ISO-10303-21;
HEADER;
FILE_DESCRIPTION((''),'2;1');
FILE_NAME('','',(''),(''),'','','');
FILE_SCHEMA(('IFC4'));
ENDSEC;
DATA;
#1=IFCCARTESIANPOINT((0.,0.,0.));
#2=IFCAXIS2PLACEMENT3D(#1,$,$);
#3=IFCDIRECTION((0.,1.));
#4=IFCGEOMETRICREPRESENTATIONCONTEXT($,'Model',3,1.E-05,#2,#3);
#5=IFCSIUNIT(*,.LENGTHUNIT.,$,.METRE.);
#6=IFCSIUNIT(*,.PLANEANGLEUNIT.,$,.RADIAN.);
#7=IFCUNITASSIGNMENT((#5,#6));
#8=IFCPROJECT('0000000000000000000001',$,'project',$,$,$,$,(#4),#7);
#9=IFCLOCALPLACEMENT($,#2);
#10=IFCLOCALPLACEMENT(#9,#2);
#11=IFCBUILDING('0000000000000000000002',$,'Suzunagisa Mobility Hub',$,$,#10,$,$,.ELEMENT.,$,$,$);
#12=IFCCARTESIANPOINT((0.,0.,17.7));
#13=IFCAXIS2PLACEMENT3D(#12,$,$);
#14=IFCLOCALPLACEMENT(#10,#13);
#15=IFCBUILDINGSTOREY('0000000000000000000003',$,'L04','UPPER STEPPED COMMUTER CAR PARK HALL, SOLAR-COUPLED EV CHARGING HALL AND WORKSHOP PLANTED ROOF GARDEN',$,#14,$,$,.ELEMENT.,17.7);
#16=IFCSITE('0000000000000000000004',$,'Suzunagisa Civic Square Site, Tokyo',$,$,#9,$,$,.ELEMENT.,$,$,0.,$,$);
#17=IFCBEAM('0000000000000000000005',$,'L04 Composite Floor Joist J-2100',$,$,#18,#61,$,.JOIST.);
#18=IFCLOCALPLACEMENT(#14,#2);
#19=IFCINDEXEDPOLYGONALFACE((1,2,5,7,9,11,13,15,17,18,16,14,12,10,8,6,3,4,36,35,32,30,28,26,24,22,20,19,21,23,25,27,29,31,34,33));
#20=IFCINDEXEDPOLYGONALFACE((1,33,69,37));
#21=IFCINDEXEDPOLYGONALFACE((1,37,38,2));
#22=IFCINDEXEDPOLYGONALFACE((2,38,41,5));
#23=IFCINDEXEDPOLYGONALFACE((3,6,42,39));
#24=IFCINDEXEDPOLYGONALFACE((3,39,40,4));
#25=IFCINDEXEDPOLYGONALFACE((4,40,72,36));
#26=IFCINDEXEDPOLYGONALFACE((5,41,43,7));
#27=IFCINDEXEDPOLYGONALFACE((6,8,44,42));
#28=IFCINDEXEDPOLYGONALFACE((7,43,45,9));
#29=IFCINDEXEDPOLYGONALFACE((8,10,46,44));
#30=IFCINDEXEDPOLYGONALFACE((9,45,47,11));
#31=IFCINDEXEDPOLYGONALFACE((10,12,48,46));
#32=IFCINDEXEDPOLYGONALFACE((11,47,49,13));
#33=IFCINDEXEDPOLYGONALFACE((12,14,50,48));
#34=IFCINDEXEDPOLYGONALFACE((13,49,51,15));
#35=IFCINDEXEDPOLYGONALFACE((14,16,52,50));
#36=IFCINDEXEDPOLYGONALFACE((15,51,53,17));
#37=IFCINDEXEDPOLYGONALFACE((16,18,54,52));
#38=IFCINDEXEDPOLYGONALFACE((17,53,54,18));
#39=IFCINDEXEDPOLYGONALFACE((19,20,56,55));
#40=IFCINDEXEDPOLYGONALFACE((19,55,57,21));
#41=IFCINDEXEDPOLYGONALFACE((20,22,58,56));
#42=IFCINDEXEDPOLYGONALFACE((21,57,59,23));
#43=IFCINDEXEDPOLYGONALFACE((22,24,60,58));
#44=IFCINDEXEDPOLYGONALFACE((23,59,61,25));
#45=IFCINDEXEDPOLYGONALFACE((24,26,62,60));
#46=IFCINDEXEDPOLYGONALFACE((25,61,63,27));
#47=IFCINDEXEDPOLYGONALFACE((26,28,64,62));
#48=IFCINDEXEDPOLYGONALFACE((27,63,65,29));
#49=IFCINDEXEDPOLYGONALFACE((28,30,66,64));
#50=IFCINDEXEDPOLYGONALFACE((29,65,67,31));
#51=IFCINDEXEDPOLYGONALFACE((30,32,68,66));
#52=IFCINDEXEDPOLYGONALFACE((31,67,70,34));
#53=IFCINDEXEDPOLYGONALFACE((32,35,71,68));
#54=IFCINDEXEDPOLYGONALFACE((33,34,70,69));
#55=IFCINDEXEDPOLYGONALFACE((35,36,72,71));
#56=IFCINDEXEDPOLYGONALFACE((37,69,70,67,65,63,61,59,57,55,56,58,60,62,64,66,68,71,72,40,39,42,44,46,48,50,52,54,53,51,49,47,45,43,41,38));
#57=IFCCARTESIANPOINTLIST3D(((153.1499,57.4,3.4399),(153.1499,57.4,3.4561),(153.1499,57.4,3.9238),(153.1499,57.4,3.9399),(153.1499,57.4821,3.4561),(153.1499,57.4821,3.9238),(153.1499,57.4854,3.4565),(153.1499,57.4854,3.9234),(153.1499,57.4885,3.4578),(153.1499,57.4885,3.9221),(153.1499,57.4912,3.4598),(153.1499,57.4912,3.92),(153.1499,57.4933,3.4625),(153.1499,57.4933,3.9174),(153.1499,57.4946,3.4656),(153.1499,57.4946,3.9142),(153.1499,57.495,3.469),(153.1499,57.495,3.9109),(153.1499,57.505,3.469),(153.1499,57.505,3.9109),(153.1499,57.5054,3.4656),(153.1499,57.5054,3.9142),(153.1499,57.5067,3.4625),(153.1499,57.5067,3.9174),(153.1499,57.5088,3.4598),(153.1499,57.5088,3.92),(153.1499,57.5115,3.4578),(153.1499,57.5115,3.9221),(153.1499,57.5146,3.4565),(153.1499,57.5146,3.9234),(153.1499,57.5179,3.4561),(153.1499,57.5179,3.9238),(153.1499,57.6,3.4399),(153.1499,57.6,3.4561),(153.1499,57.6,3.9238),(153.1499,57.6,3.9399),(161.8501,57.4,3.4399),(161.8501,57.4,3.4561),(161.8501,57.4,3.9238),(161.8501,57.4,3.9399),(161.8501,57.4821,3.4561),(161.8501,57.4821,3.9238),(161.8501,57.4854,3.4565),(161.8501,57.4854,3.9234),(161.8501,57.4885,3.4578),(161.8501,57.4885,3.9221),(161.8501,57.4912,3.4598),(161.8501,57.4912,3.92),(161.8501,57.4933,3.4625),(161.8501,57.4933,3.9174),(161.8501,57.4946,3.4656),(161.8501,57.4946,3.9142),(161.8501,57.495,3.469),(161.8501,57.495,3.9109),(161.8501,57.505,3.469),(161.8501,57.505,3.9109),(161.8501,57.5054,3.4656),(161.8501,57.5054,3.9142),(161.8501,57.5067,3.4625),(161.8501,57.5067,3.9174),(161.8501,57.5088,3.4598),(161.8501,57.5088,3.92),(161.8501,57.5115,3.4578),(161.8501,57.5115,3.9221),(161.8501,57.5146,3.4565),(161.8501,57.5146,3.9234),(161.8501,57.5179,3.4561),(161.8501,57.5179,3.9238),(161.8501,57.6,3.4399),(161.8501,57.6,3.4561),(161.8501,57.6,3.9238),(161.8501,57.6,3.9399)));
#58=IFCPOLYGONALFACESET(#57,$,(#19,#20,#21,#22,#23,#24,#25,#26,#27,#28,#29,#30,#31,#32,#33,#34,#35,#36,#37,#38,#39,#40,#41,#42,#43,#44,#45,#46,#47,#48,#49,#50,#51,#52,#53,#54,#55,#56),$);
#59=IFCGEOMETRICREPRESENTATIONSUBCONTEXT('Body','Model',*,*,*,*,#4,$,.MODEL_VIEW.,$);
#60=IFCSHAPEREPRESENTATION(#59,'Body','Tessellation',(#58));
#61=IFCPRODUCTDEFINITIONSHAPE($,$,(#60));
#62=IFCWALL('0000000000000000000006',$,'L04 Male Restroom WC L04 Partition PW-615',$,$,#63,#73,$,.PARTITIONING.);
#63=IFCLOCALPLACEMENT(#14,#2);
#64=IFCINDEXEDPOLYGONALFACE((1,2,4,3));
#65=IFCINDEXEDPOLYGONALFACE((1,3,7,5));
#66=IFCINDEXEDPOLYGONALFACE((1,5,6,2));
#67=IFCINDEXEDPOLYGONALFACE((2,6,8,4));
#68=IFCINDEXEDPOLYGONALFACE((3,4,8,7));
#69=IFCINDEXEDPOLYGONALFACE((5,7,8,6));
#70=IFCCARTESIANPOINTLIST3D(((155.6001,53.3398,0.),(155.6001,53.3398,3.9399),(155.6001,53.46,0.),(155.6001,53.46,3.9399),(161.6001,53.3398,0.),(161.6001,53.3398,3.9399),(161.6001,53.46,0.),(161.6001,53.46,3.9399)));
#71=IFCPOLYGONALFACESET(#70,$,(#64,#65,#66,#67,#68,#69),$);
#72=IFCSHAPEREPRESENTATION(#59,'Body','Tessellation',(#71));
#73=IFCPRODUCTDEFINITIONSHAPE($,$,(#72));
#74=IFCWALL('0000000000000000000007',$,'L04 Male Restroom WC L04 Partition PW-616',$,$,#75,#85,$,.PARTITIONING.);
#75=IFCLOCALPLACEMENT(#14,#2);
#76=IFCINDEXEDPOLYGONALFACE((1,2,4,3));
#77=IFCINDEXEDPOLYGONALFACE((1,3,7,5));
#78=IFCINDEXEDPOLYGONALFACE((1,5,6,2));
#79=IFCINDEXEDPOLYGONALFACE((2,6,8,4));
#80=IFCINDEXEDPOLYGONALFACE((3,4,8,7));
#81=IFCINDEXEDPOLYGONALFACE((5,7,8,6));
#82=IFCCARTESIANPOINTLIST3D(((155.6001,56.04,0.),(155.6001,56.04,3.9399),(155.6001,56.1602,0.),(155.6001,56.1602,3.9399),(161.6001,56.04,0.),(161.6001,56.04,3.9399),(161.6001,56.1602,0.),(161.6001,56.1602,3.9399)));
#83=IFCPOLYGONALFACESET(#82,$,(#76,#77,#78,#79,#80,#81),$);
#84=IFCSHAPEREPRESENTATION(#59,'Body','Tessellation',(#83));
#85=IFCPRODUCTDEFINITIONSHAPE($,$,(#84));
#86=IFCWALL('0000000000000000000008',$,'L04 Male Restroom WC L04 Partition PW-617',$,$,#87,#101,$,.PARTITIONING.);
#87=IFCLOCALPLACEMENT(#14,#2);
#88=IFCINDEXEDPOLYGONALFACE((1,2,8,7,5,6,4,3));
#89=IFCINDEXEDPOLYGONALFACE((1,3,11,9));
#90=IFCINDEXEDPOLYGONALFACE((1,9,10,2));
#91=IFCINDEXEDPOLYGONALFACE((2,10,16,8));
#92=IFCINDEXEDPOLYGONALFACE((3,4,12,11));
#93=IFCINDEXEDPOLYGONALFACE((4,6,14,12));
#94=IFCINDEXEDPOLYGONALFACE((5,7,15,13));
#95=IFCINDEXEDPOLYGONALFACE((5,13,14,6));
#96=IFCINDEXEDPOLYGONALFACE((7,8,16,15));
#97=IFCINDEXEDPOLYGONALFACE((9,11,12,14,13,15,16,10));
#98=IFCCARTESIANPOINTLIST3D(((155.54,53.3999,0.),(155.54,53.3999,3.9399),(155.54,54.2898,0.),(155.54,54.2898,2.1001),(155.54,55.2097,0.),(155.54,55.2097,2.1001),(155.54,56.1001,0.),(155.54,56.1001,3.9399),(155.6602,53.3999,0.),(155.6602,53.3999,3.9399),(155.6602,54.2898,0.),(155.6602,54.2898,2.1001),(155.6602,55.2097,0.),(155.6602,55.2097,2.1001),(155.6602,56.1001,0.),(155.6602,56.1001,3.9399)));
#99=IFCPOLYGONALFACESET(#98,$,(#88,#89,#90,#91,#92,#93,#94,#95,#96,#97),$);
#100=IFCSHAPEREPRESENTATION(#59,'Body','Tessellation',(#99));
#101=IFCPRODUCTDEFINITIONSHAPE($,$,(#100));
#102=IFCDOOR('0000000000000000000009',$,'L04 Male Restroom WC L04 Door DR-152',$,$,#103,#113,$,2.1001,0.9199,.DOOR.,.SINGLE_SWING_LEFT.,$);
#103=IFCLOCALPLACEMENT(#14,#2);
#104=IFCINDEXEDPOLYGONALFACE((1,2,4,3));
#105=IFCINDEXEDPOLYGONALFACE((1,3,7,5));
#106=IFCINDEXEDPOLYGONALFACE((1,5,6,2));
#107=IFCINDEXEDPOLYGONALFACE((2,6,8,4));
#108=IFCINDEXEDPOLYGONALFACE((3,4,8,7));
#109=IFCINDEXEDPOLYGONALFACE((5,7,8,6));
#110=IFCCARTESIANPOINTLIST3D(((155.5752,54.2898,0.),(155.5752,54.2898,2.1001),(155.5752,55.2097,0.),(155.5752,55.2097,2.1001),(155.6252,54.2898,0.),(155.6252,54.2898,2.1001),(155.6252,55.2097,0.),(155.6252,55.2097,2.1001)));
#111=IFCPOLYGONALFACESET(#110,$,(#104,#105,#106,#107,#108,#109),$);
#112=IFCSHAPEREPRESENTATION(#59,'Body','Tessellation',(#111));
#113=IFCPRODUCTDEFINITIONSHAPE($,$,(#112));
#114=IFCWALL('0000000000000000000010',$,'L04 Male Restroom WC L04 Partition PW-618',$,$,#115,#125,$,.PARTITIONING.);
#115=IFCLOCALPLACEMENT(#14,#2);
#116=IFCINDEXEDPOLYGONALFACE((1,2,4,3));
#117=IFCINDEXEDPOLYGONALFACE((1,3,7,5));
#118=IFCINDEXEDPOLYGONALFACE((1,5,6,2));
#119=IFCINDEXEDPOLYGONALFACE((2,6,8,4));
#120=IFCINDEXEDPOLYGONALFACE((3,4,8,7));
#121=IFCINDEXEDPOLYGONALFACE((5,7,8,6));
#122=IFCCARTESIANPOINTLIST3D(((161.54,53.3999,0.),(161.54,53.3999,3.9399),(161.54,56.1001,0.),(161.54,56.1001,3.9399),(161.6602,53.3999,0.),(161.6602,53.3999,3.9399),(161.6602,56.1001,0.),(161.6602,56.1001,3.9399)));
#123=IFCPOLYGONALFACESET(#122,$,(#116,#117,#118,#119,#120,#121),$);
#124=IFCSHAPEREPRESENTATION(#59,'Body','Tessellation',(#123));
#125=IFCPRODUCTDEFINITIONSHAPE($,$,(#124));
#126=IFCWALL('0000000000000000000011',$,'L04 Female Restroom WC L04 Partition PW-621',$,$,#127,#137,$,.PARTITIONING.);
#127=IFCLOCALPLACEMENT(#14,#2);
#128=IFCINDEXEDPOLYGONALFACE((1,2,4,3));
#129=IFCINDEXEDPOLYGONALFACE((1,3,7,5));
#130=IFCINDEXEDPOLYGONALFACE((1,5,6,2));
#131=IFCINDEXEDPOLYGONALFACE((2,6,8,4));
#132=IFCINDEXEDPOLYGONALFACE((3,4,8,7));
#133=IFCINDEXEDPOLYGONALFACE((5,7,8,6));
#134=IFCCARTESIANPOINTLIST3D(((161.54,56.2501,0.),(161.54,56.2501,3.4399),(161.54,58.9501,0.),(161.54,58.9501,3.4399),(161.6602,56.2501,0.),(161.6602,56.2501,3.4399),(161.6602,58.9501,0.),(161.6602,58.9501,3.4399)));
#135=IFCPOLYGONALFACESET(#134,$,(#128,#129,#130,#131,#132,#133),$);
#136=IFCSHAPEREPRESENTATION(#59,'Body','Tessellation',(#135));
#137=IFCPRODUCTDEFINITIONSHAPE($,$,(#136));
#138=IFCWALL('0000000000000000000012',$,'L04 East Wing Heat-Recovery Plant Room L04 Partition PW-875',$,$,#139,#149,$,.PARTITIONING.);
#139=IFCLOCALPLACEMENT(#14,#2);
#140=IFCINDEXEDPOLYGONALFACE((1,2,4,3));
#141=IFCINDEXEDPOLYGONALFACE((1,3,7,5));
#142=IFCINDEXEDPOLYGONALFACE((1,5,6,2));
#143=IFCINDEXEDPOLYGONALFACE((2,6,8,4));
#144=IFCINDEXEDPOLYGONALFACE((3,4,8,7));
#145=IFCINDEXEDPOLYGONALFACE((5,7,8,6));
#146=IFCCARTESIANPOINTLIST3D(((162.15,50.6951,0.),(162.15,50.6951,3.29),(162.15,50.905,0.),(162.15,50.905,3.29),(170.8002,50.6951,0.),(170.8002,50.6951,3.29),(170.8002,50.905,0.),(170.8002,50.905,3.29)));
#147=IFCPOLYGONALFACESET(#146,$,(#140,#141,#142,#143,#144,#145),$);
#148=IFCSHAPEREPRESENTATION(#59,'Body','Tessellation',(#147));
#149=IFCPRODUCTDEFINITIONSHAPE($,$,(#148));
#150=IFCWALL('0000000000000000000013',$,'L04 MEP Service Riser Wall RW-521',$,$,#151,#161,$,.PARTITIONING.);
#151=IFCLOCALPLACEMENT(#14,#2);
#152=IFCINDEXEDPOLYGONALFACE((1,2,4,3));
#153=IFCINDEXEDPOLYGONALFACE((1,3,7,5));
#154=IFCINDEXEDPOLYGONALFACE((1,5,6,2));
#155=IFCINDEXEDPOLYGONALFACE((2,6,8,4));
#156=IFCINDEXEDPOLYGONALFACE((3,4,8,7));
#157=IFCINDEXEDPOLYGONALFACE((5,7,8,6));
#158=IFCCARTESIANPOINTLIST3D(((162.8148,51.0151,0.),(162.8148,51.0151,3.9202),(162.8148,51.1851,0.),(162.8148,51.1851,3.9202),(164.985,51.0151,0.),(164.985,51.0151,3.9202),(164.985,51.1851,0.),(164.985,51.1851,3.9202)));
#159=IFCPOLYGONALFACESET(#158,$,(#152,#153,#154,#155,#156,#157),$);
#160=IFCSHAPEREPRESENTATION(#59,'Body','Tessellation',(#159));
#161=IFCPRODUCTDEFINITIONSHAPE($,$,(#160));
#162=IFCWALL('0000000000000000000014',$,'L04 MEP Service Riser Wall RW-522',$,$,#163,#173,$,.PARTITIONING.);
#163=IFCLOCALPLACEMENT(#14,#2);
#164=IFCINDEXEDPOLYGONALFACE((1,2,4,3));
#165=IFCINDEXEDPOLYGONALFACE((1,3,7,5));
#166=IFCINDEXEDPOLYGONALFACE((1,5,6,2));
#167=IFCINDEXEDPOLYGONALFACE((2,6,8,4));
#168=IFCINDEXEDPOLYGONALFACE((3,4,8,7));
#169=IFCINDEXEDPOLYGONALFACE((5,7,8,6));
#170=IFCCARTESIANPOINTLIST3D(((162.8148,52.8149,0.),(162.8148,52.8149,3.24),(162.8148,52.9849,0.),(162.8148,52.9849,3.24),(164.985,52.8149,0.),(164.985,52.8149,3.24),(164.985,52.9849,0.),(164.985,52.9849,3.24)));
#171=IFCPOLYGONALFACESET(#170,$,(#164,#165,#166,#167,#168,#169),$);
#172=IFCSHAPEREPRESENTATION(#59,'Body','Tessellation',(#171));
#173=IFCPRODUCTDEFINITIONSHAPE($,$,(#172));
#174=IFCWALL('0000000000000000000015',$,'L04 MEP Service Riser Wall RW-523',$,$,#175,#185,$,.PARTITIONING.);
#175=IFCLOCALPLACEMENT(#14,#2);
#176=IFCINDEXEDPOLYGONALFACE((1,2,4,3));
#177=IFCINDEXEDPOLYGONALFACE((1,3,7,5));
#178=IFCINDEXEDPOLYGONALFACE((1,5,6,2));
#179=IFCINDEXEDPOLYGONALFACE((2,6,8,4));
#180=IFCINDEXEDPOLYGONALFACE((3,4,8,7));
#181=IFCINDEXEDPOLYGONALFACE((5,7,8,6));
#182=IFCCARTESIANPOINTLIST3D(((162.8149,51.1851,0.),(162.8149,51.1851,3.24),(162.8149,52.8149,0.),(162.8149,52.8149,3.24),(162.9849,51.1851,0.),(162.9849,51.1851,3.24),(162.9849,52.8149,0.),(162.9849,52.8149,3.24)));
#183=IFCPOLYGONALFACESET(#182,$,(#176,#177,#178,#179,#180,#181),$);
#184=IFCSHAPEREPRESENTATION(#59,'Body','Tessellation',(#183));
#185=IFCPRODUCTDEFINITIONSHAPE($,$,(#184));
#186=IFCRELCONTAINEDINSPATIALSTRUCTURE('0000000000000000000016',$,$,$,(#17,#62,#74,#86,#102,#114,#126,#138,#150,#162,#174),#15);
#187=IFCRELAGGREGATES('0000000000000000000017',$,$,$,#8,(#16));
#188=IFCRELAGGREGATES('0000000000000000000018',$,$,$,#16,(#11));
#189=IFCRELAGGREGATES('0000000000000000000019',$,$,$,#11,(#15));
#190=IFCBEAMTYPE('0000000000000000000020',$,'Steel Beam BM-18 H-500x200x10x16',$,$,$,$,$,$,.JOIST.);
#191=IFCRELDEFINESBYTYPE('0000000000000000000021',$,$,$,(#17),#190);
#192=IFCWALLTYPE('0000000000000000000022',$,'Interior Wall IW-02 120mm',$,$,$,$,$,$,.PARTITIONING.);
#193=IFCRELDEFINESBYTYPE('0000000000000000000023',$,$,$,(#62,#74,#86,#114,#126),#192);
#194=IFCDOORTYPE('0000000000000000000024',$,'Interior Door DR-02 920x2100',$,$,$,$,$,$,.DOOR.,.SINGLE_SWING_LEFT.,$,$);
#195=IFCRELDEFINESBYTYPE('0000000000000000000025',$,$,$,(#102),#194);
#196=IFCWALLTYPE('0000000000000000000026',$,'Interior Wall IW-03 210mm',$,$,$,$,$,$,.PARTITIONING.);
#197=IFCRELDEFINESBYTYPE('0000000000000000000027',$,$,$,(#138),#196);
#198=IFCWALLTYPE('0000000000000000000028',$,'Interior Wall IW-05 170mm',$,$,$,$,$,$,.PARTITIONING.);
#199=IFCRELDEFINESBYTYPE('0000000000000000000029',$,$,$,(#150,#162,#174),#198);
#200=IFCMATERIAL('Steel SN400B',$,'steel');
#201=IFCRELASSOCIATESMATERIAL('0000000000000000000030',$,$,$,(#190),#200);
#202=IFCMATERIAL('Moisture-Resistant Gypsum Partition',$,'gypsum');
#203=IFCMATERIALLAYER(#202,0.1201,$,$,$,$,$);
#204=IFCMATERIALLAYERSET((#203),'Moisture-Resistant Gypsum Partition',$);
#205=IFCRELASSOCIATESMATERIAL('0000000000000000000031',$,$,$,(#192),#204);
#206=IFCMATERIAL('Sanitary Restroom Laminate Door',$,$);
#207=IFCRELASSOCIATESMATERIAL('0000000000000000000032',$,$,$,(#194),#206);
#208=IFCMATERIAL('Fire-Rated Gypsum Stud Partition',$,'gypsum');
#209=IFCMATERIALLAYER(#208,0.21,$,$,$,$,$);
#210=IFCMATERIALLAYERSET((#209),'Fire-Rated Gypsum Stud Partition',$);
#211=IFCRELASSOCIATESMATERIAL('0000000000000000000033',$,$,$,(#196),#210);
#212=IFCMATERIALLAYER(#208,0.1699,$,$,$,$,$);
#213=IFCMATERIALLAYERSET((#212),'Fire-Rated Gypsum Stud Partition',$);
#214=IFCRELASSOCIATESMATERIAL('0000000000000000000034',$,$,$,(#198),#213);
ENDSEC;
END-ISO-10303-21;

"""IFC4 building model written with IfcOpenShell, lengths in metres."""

from ifc_helpers import new_model, si_unit, direction, frame, frame_2d, origin, origin_2d, place, context, subcontext, project, spatial, rectangle, i_section, extrude, material, layer, layer_set, material_profile, profile_set, type_object, element, fill, save


model = new_model("IFC4")

# Units and contexts
model_context = context("Model", 3, precision=1e-05, world=origin(), true_north=direction((0.0, 1.0)))
body_context = subcontext(model_context, "Body", "Model", "MODEL_VIEW")
ifc_project = project(units=[si_unit("LENGTHUNIT", "METRE"), si_unit("PLANEANGLEUNIT", "RADIAN")], contexts=[model_context])

# Site, building, storey
site_placement = place(None, origin())
site = spatial("IfcSite", under=ifc_project, at=site_placement, Name="Suzunagisa Civic Square Site, Tokyo", CompositionType="ELEMENT", RefElevation=0.0)
building_placement = place(site_placement, origin())
building = spatial("IfcBuilding", under=site, at=building_placement, Name="Suzunagisa Mobility Hub", CompositionType="ELEMENT")
storey_placement = place(building_placement, frame((0.0, 0.0, 17.7)))
storey = spatial("IfcBuildingStorey", under=building, at=storey_placement, Name="L04", Description="UPPER STEPPED COMMUTER CAR PARK HALL, SOLAR-COUPLED EV CHARGING HALL AND WORKSHOP PLANTED ROOF GARDEN", CompositionType="ELEMENT", Elevation=17.7)

# Beam
ifc_material_1 = material(Name="Steel SN400B", Category="steel")
ifc_material_profile_1 = material_profile(ifc_material_1, i_section(OverallWidth=0.2, OverallDepth=0.5, WebThickness=0.01, FlangeThickness=0.0161, FilletRadius=0.0129, at=origin_2d()), Name="H-500x200x10x16")
ifc_profile_set_1 = profile_set([ifc_material_profile_1], Name="Steel SN400B")
beam_type_1 = type_object("IfcBeamType", Name="Steel Beam BM-18 H-500x200x10x16", PredefinedType="JOIST", material=ifc_profile_set_1)
for number, where, z_axis, x_axis, name in (
    (1, (153.1499, 57.5, 3.6899), (1.0, 0.0, 0.0), (0.0, 1.0, 0.0), "L04 Composite Floor Joist J-2100"),
):
    element("IfcBeam", number, at=place(storey_placement, frame(where, z_axis=z_axis, x_axis=x_axis)), inside=storey, type_object=beam_type_1, Name=name, PredefinedType="JOIST", context=body_context, shape_type="SweptSolid", body=[
        extrude(i_section(OverallWidth=0.2, OverallDepth=0.5, WebThickness=0.01, FlangeThickness=0.0161, FilletRadius=0.0129, at=origin_2d()), origin(), (0.0, 0.0, 1.0), 8.7002),
    ])

# Walls
ifc_material_2 = material(Name="Moisture-Resistant Gypsum Partition", Category="gypsum")
ifc_layer_1 = layer(ifc_material_2, 0.1201)
ifc_layer_set_1 = layer_set([ifc_layer_1], Name="Moisture-Resistant Gypsum Partition")
wall_type_1 = type_object("IfcWallType", Name="Interior Wall IW-02 120mm", PredefinedType="PARTITIONING", material=ifc_layer_set_1)
for number, where, z_axis, x_axis, name in (
    (2, (155.6001, 53.3999, 0.0), (0.0, 0.0, 1.0), (1.0, 0.0, 0.0), "L04 Male Restroom WC L04 Partition PW-615"),
    (3, (155.6001, 56.1001, 0.0), (0.0, 0.0, 1.0), (1.0, 0.0, 0.0), "L04 Male Restroom WC L04 Partition PW-616"),
):
    element("IfcWall", number, at=place(storey_placement, frame(where, z_axis=z_axis, x_axis=x_axis)), inside=storey, type_object=wall_type_1, Name=name, PredefinedType="PARTITIONING", context=body_context, shape_type="SweptSolid", body=[
        extrude(rectangle(XDim=6.0, YDim=0.1201, at=frame_2d((3.0, 0.0))), origin(), (0.0, 0.0, 1.0), 3.9399),
    ])

# Wall, opening, door
wall_1_placement = place(storey_placement, frame((155.6001, 53.3999, 0.0), z_axis=(0.0, 0.0, 1.0), x_axis=(0.0, 1.0, 0.0)))
wall_1 = element("IfcWall", 4, at=wall_1_placement, inside=storey, type_object=wall_type_1, Name="L04 Male Restroom WC L04 Partition PW-617", PredefinedType="PARTITIONING", context=body_context, shape_type="SweptSolid", body=[
    extrude(rectangle(XDim=2.7002, YDim=0.1201, at=frame_2d((1.3501, 0.0))), origin(), (0.0, 0.0, 1.0), 3.9399),
])
opening_1_placement = place(wall_1_placement, frame((0.8899, 0.0, 0.0)))
opening_1 = element("IfcOpeningElement", 5, at=opening_1_placement, cuts=wall_1, PredefinedType="OPENING", context=body_context, shape_type="SweptSolid", body=[
    extrude(rectangle(XDim=0.9199, YDim=2.1001, at=frame_2d((0.46, 1.05))), frame((0.0, 0.071, 0.0), z_axis=(0.0, -1.0, 0.0), x_axis=(1.0, 0.0, 0.0)), (0.0, 0.0, 1.0), 0.1421),
])
ifc_material_3 = material(Name="Sanitary Restroom Laminate Door")
door_type_1 = type_object("IfcDoorType", Name="Interior Door DR-02 920x2100", OperationType="SINGLE_SWING_LEFT", PredefinedType="DOOR", material=ifc_material_3)
door_1_placement = place(opening_1_placement, origin())
door_1 = element("IfcDoor", 6, at=door_1_placement, inside=storey, type_object=door_type_1, Name="L04 Male Restroom WC L04 Door DR-152", OperationType="SINGLE_SWING_LEFT", OverallHeight=2.1001, OverallWidth=0.9199, PredefinedType="DOOR", context=body_context, shape_type="SweptSolid", body=[
    extrude(rectangle(XDim=0.9199, YDim=2.1001, at=frame_2d((0.46, 1.05))), frame((0.0, 0.0249, 0.0), z_axis=(0.0, -1.0, 0.0), x_axis=(1.0, 0.0, 0.0)), (0.0, 0.0, 1.0), 0.05),
])
fill(opening_1, door_1)

# Wall
wall_2_placement = place(storey_placement, frame((161.6001, 53.3999, 0.0), z_axis=(0.0, 0.0, 1.0), x_axis=(0.0, 1.0, 0.0)))
element("IfcWall", 7, at=wall_2_placement, inside=storey, type_object=wall_type_1, Name="L04 Male Restroom WC L04 Partition PW-618", PredefinedType="PARTITIONING", context=body_context, shape_type="SweptSolid", body=[
    extrude(rectangle(XDim=2.7002, YDim=0.1201, at=frame_2d((1.3501, 0.0))), origin(), (0.0, 0.0, 1.0), 3.9399),
])

# Walls
wall_3_placement = place(storey_placement, frame((161.6001, 56.25, 0.0), z_axis=(0.0, 0.0, 1.0), x_axis=(0.0, 1.0, 0.0)))
element("IfcWall", 8, at=wall_3_placement, inside=storey, type_object=wall_type_1, Name="L04 Female Restroom WC L04 Partition PW-621", PredefinedType="PARTITIONING", context=body_context, shape_type="SweptSolid", body=[
    extrude(rectangle(XDim=2.7, YDim=0.1201, at=frame_2d((1.3501, 0.0))), origin(), (0.0, 0.0, 1.0), 3.4399),
])
ifc_material_4 = material(Name="Fire-Rated Gypsum Stud Partition", Category="gypsum")
ifc_layer_2 = layer(ifc_material_4, 0.21)
ifc_layer_set_2 = layer_set([ifc_layer_2], Name="Fire-Rated Gypsum Stud Partition")
wall_type_2 = type_object("IfcWallType", Name="Interior Wall IW-03 210mm", PredefinedType="PARTITIONING", material=ifc_layer_set_2)
wall_4_placement = place(storey_placement, frame((162.1499, 50.8, 0.0), z_axis=(0.0, 0.0, 1.0), x_axis=(1.0, 0.0, 0.0)))
element("IfcWall", 9, at=wall_4_placement, inside=storey, type_object=wall_type_2, Name="L04 East Wing Heat-Recovery Plant Room L04 Partition PW-875", PredefinedType="PARTITIONING", context=body_context, shape_type="SweptSolid", body=[
    extrude(rectangle(XDim=8.6501, YDim=0.21, at=frame_2d((4.3252, 0.0))), origin(), (0.0, 0.0, 1.0), 3.29),
])

# Walls
ifc_layer_3 = layer(ifc_material_4, 0.1699)
ifc_layer_set_3 = layer_set([ifc_layer_3], Name="Fire-Rated Gypsum Stud Partition")
wall_type_3 = type_object("IfcWallType", Name="Interior Wall IW-05 170mm", PredefinedType="PARTITIONING", material=ifc_layer_set_3)
wall_5_placement = place(storey_placement, frame((162.8149, 51.1001, 0.0), z_axis=(0.0, 0.0, 1.0), x_axis=(1.0, 0.0, 0.0)))
element("IfcWall", 10, at=wall_5_placement, inside=storey, type_object=wall_type_3, Name="L04 MEP Service Riser Wall RW-521", PredefinedType="PARTITIONING", context=body_context, shape_type="SweptSolid", body=[
    extrude(rectangle(XDim=2.1702, YDim=0.1699, at=frame_2d((1.085, 0.0))), origin(), (0.0, 0.0, 1.0), 3.9202),
])
wall_6_placement = place(storey_placement, frame((162.8149, 52.8999, 0.0), z_axis=(0.0, 0.0, 1.0), x_axis=(1.0, 0.0, 0.0)))
element("IfcWall", 11, at=wall_6_placement, inside=storey, type_object=wall_type_3, Name="L04 MEP Service Riser Wall RW-522", PredefinedType="PARTITIONING", context=body_context, shape_type="SweptSolid", body=[
    extrude(rectangle(XDim=2.1702, YDim=0.1699, at=frame_2d((1.085, 0.0))), origin(), (0.0, 0.0, 1.0), 3.24),
])
for number, where, z_axis, x_axis, name in (
    (12, (162.8999, 51.1851, 0.0), (0.0, 0.0, 1.0), (0.0, 1.0, 0.0), "L04 MEP Service Riser Wall RW-523"),
):
    element("IfcWall", number, at=place(storey_placement, frame(where, z_axis=z_axis, x_axis=x_axis)), inside=storey, type_object=wall_type_3, Name=name, PredefinedType="PARTITIONING", context=body_context, shape_type="SweptSolid", body=[
        extrude(rectangle(XDim=1.6299, YDim=0.1699, at=frame_2d((0.8149, 0.0))), origin(), (0.0, 0.0, 1.0), 3.24),
    ])

save(model, "model.ifc")
